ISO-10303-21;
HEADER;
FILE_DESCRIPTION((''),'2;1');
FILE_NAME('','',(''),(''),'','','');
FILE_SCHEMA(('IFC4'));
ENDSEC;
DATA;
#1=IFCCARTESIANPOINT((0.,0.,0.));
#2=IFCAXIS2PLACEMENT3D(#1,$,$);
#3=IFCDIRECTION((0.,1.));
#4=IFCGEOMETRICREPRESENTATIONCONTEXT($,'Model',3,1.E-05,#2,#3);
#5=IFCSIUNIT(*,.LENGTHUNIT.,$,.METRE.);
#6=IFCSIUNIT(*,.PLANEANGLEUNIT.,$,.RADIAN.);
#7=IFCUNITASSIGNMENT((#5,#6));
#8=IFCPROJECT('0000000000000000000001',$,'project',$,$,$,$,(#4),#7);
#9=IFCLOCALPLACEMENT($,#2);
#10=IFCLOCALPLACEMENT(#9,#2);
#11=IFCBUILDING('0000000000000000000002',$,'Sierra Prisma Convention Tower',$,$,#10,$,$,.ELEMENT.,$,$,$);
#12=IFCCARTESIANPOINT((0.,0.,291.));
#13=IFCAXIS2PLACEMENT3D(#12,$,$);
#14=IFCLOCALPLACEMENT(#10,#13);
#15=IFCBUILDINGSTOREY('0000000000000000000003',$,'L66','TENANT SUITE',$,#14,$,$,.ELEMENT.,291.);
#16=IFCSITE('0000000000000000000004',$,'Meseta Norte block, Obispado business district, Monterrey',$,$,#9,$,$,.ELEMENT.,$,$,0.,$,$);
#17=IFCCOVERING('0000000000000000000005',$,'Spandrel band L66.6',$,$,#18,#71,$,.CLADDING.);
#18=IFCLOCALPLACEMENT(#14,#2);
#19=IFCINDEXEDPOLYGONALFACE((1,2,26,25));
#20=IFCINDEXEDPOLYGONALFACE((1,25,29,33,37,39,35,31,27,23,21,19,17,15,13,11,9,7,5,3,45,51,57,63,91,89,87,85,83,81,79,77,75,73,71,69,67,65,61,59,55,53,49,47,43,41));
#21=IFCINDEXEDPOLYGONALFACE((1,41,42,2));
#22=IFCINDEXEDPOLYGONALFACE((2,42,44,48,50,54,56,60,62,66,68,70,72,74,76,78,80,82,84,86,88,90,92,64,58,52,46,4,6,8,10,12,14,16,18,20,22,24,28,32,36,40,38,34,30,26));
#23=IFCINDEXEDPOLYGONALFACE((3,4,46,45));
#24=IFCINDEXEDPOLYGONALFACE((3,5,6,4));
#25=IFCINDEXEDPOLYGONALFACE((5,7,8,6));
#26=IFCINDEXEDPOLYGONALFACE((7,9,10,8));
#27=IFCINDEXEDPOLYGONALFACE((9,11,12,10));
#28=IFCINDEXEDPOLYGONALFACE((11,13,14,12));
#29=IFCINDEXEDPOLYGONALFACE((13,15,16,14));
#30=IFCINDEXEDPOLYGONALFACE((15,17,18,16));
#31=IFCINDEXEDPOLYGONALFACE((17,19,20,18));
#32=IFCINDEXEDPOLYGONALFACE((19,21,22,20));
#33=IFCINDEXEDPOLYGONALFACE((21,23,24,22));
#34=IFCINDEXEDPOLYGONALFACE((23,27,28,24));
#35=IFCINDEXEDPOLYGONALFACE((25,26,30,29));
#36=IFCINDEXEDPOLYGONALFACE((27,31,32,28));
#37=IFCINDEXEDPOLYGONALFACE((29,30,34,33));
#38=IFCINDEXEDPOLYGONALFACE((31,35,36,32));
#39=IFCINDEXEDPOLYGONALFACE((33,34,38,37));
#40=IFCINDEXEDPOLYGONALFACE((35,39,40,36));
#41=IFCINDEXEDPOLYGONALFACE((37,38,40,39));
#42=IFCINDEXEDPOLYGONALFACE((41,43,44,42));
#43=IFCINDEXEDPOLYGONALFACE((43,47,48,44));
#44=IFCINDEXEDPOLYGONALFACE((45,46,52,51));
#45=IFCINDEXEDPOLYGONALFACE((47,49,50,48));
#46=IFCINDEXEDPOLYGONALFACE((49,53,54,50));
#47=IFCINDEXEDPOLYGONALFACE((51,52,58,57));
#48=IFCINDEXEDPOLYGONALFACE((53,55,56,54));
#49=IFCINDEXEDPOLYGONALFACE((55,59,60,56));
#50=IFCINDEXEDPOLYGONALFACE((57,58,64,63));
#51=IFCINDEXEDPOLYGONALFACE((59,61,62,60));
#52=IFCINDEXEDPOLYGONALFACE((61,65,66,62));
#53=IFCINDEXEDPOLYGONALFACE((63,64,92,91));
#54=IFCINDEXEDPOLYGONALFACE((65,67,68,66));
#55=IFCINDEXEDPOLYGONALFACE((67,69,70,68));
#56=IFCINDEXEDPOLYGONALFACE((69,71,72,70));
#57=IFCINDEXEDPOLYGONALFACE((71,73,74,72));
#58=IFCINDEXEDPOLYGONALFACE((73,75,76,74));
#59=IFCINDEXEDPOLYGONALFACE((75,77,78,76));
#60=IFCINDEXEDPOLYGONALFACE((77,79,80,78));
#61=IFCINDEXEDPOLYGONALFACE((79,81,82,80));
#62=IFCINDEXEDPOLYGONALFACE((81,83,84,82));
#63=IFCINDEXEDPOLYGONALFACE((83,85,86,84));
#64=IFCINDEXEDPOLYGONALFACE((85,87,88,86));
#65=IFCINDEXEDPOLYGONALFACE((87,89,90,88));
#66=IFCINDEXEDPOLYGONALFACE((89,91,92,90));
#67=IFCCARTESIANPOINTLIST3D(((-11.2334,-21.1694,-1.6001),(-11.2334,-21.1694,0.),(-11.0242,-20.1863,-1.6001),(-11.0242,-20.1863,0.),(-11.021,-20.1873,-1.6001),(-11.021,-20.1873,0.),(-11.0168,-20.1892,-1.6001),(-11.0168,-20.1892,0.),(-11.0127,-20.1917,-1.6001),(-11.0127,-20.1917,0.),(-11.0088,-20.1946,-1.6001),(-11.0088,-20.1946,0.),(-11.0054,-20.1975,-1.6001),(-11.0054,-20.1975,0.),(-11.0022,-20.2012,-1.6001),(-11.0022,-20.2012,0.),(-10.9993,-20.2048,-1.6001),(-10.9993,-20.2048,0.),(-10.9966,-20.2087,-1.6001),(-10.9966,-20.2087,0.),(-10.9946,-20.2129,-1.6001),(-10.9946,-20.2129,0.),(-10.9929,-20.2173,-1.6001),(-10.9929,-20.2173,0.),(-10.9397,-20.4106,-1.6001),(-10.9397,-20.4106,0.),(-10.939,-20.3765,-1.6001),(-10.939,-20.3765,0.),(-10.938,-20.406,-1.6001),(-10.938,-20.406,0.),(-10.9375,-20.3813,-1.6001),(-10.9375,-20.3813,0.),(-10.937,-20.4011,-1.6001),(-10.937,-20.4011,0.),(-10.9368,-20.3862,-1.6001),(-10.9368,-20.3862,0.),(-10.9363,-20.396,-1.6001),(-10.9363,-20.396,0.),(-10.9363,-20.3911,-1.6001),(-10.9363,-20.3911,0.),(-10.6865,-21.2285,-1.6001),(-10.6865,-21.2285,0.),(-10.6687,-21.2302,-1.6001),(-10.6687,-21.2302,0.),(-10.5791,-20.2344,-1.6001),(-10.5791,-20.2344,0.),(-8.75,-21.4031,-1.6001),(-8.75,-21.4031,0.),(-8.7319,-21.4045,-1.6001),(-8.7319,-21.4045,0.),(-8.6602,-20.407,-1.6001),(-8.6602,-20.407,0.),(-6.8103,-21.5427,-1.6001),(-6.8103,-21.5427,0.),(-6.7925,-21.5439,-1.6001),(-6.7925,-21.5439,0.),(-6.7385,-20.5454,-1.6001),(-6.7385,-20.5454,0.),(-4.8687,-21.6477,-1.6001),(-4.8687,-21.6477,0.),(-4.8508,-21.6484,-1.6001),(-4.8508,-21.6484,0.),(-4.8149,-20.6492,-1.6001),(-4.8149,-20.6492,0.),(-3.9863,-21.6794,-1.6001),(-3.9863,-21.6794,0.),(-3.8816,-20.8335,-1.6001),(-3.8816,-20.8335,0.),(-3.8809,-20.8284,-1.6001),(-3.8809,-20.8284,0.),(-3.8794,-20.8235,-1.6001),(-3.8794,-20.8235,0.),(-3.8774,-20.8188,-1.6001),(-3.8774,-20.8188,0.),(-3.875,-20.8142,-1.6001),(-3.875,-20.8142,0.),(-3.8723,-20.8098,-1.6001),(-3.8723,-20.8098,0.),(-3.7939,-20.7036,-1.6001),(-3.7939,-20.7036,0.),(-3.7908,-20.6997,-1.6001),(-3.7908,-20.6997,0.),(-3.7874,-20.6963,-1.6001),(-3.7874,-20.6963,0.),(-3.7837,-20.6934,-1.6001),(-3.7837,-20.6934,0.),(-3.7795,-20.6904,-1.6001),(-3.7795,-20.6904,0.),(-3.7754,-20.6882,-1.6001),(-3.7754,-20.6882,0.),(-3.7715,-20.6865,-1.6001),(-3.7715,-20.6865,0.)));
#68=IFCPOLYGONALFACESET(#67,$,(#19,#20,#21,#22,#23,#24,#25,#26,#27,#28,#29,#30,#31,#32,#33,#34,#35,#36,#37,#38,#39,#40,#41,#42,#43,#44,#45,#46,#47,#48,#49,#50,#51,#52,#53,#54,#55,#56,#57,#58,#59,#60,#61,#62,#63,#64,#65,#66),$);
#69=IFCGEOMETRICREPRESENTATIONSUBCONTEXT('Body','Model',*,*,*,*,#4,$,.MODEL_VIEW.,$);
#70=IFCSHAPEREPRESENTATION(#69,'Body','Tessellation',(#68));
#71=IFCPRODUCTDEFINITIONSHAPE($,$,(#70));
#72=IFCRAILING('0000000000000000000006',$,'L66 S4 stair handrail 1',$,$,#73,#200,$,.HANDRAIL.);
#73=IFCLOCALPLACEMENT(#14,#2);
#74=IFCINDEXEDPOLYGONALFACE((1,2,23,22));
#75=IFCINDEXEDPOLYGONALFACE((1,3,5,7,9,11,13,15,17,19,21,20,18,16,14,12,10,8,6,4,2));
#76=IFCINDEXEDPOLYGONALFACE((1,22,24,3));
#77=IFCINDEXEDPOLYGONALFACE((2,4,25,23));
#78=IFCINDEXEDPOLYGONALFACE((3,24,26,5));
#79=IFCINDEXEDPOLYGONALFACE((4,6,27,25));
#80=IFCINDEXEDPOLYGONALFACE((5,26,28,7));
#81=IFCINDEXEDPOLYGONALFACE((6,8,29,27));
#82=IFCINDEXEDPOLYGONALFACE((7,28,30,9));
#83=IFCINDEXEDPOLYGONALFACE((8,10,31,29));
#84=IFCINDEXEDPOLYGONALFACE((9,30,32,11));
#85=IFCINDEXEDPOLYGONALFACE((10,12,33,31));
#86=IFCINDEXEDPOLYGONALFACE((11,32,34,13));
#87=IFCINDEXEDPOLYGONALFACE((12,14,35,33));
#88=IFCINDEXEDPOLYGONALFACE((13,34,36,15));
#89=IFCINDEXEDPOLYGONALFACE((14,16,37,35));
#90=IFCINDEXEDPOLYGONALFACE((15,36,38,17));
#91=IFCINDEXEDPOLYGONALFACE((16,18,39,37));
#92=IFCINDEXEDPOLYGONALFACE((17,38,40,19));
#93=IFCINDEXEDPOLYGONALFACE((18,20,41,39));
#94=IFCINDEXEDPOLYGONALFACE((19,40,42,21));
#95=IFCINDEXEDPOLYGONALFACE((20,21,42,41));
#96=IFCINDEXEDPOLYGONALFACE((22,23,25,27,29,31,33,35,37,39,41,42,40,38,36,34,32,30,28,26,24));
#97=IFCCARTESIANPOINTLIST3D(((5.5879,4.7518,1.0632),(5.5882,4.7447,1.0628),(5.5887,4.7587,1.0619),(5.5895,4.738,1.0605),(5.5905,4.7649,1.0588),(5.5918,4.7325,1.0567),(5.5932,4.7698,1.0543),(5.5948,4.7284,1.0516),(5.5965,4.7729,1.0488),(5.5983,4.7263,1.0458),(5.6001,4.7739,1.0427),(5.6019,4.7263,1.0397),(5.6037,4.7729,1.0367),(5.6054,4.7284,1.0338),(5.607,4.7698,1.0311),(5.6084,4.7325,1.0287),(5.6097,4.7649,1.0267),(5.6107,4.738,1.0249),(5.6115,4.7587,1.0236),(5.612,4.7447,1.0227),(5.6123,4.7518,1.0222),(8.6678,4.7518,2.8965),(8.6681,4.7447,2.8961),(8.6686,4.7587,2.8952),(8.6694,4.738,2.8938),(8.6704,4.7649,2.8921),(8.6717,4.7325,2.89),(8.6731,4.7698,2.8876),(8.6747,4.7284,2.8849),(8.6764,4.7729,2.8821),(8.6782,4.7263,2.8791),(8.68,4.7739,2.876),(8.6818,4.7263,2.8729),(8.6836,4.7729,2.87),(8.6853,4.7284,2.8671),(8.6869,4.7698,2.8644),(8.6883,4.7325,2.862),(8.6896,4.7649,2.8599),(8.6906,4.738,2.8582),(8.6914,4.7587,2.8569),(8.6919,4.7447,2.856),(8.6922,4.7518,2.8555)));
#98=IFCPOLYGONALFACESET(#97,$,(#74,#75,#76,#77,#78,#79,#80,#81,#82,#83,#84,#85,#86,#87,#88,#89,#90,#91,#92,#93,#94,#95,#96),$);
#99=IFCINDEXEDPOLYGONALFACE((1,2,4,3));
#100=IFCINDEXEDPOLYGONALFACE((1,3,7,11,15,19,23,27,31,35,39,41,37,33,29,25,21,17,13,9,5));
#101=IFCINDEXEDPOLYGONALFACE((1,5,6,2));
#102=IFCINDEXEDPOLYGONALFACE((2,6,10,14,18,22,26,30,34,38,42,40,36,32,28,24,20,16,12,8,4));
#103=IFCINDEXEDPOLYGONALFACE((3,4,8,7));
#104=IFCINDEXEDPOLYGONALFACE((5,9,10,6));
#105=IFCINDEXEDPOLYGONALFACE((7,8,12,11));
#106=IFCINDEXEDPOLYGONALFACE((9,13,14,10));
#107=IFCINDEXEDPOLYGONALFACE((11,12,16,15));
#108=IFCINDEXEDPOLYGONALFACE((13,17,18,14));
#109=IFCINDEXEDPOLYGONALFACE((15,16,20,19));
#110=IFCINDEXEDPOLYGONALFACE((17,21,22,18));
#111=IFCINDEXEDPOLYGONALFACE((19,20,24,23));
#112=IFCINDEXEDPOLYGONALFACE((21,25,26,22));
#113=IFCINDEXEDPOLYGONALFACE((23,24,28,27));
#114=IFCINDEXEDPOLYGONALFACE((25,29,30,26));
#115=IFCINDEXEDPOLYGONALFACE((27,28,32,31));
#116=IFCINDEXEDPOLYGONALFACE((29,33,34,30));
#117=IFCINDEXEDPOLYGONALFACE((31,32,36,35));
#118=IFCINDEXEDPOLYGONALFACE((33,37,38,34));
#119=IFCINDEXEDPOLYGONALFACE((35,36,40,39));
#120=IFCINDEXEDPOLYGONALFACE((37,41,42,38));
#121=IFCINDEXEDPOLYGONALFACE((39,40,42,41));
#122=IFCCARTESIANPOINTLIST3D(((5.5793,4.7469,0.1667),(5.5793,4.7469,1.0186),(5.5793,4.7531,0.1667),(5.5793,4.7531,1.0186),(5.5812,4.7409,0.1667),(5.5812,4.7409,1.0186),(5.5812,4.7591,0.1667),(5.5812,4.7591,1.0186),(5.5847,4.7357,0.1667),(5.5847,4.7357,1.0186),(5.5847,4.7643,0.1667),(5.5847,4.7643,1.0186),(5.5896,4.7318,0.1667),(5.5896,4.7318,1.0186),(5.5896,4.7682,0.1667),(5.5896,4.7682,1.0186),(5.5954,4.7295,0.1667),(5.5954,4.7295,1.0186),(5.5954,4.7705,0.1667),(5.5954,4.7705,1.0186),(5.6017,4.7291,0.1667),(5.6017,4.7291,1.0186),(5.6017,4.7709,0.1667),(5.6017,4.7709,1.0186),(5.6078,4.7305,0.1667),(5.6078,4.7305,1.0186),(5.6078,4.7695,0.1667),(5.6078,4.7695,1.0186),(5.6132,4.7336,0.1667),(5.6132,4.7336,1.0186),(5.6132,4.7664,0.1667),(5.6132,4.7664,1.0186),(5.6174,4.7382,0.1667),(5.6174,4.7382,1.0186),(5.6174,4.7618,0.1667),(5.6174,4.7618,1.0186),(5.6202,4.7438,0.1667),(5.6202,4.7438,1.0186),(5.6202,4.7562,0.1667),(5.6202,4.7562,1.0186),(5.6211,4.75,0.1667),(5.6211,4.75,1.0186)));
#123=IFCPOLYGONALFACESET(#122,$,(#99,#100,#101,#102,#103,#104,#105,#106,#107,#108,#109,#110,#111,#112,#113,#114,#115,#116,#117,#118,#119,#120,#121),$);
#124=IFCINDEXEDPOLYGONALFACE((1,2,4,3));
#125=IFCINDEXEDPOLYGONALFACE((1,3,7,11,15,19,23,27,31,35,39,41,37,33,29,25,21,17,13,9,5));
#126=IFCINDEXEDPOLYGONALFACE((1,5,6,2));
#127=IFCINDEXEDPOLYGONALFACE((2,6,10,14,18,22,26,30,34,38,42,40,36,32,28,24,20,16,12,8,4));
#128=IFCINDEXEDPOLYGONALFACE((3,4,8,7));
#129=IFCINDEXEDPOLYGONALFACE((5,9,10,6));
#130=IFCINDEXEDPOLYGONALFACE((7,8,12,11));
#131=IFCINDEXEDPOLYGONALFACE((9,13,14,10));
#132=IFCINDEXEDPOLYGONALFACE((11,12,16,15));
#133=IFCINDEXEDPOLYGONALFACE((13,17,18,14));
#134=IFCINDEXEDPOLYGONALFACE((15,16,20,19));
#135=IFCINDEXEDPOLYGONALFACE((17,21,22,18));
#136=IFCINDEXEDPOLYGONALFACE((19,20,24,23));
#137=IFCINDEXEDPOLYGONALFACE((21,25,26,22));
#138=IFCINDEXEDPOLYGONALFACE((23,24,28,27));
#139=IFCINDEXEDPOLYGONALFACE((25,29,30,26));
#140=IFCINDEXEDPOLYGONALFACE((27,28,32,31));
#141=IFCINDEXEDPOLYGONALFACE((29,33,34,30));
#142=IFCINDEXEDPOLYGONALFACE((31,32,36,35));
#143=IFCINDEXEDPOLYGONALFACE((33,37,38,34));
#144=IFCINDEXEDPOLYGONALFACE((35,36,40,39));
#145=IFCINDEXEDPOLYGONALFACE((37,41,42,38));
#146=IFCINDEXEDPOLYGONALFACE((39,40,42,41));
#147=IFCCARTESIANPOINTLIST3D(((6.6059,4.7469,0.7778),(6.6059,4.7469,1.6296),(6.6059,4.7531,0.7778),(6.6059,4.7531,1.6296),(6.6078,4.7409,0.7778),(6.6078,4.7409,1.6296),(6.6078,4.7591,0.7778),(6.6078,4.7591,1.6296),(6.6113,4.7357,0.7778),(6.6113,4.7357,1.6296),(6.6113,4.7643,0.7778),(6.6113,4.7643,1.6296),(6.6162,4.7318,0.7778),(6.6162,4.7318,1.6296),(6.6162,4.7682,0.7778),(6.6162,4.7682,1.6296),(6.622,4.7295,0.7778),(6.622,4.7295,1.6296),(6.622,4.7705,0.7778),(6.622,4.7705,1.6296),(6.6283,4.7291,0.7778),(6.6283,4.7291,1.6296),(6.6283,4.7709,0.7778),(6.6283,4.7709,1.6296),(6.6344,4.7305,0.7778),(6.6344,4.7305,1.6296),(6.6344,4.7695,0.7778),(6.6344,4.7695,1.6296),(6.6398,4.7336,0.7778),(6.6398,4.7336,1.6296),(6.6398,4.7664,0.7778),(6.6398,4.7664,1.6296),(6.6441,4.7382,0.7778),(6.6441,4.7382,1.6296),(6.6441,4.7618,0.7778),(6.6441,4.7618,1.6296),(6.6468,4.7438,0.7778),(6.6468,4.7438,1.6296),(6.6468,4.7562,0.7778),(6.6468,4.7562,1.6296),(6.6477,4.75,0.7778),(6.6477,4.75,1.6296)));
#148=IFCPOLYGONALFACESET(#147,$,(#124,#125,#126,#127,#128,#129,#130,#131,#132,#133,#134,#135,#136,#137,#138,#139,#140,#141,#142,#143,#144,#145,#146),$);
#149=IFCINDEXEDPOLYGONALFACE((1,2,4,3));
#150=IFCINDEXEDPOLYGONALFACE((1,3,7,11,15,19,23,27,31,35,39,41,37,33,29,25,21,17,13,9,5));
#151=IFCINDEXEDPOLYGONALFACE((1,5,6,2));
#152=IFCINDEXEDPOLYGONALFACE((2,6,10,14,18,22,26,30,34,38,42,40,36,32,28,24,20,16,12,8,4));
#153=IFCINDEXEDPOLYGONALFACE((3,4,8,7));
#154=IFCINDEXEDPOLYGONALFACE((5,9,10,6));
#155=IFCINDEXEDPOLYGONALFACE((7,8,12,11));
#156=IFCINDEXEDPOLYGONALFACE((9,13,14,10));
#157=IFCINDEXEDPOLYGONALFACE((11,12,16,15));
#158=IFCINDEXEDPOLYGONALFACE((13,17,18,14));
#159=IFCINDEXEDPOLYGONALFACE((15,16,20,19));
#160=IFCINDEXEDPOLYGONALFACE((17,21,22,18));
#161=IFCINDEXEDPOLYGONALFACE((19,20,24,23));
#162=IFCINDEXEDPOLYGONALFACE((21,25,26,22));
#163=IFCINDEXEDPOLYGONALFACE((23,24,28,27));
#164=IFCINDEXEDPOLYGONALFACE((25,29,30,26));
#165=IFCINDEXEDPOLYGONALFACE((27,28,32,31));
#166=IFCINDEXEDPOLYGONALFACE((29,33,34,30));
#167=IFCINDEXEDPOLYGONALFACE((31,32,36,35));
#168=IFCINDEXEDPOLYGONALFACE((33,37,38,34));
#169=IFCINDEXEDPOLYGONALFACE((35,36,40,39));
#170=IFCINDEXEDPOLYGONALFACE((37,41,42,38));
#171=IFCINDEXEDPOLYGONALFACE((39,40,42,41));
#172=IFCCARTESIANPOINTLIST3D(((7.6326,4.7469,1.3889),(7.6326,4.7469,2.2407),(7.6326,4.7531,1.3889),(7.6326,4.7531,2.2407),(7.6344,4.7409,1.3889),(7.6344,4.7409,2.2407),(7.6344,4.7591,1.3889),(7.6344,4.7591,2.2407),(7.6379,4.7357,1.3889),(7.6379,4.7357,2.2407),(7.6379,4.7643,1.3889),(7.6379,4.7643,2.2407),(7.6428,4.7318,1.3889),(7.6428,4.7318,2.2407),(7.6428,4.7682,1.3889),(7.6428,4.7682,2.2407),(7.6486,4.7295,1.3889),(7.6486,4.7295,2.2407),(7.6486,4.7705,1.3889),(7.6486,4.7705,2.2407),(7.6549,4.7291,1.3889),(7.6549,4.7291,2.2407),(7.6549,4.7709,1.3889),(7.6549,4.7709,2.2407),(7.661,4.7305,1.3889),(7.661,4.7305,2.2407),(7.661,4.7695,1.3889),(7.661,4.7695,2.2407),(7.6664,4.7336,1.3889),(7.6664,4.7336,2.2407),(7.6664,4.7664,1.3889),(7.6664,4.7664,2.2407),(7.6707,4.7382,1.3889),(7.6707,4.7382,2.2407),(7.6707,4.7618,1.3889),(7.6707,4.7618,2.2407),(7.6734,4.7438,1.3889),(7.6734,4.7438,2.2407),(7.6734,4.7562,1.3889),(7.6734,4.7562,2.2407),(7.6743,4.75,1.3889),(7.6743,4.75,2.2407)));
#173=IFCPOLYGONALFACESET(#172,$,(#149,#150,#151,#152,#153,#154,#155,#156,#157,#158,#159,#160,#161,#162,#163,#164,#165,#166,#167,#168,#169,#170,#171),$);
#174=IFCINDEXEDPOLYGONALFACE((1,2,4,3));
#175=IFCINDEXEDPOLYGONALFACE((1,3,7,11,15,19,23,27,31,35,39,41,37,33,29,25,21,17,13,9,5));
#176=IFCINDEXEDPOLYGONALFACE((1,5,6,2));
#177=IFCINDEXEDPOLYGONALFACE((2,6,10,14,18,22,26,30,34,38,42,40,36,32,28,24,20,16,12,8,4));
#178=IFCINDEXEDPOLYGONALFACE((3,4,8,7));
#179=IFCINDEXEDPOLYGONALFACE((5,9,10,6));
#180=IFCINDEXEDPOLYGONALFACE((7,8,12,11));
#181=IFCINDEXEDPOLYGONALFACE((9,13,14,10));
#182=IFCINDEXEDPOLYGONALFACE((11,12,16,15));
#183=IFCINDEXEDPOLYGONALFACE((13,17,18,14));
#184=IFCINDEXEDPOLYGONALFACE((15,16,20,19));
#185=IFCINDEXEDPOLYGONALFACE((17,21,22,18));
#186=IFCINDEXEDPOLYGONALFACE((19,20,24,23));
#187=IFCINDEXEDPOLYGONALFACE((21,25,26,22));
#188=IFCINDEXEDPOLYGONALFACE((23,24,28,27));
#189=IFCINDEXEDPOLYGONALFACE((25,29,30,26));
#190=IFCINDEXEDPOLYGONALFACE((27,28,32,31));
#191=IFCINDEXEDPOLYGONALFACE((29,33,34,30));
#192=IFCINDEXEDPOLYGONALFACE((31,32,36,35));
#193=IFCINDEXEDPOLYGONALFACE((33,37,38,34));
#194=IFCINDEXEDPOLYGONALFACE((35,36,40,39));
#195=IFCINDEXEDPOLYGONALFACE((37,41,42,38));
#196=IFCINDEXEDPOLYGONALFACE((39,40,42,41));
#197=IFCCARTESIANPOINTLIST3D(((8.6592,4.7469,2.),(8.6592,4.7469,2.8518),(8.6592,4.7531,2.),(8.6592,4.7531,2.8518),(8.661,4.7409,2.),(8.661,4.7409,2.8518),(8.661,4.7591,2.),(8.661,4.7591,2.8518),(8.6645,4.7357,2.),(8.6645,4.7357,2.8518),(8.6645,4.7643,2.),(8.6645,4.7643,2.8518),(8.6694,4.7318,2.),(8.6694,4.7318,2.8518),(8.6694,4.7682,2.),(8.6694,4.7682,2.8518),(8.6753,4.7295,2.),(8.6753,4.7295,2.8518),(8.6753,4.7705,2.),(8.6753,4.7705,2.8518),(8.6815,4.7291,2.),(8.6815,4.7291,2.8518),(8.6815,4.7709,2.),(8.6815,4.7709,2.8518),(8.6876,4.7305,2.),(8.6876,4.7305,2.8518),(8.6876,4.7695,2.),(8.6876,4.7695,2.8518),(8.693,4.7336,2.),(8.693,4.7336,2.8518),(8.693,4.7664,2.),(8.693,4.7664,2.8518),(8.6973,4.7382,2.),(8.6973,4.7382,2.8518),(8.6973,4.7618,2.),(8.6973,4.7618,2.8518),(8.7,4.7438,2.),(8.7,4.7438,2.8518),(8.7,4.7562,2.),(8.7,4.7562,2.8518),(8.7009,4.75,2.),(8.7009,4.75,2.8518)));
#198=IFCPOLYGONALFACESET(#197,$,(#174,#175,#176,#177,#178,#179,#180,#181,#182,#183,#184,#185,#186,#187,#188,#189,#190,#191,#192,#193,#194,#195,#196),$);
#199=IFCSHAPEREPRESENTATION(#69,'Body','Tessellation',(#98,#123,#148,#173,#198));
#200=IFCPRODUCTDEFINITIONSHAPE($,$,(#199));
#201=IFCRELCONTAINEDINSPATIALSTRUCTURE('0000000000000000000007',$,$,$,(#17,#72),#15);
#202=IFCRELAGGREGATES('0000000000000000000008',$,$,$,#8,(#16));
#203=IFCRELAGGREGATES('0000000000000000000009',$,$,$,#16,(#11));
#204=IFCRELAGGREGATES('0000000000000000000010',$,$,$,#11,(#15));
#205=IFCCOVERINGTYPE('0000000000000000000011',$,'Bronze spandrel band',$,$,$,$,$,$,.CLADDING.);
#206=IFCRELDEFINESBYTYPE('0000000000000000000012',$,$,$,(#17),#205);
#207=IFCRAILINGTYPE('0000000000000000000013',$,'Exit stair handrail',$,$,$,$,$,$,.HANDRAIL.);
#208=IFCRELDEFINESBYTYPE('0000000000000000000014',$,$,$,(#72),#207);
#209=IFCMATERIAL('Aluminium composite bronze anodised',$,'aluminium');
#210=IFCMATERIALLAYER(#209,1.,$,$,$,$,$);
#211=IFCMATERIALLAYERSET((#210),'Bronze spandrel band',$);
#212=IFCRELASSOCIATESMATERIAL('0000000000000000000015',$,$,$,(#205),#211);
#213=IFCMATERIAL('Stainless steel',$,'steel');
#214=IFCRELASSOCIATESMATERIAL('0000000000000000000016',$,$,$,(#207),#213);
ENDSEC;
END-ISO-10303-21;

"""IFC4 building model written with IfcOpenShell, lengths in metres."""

from ifc_helpers import new_model, si_unit, direction, frame, origin, origin_2d, place, context, subcontext, project, spatial, polyline, circle, outline, extrude, material, layer, layer_set, type_object, element, save


model = new_model("IFC4")

# Units and contexts
model_context = context("Model", 3, precision=1e-05, world=origin(), true_north=direction((0.0, 1.0)))
body_context = subcontext(model_context, "Body", "Model", "MODEL_VIEW")
ifc_project = project(units=[si_unit("LENGTHUNIT", "METRE"), si_unit("PLANEANGLEUNIT", "RADIAN")], contexts=[model_context])

# Site, building, storey
site_placement = place(None, origin())
site = spatial("IfcSite", under=ifc_project, at=site_placement, Name="Meseta Norte block, Obispado business district, Monterrey", CompositionType="ELEMENT", RefElevation=0.0)
building_placement = place(site_placement, origin())
building = spatial("IfcBuilding", under=site, at=building_placement, Name="Sierra Prisma Convention Tower", CompositionType="ELEMENT")
storey_placement = place(building_placement, frame((0.0, 0.0, 291.0)))
storey = spatial("IfcBuildingStorey", under=building, at=storey_placement, Name="L66", Description="TENANT SUITE", CompositionType="ELEMENT", Elevation=291.0)

# Covering
ifc_material_1 = material(Name="Aluminium composite bronze anodised", Category="aluminium")
ifc_layer_1 = layer(ifc_material_1, 1.0)
ifc_layer_set_1 = layer_set([ifc_layer_1], Name="Bronze spandrel band")
covering_type_1 = type_object("IfcCoveringType", Name="Bronze spandrel band", PredefinedType="CLADDING", material=ifc_layer_set_1)
covering_1_placement = place(storey_placement, frame((0.0, 0.0, -1.6001)))
element("IfcCovering", 1, at=covering_1_placement, inside=storey, type_object=covering_type_1, Name="Spandrel band L66.6", PredefinedType="CLADDING", context=body_context, shape_type="SweptSolid", body=[
    extrude(outline(polyline([(-10.937, -20.4011), (-10.9363, -20.396), (-10.9363, -20.3911), (-10.9368, -20.3862), (-10.9375, -20.3813), (-10.939, -20.3765), (-10.9929, -20.2173), (-10.9946, -20.2129), (-10.9966, -20.2087), (-10.9993, -20.2048), (-11.0022, -20.2012), (-11.0054, -20.1975), (-11.0088, -20.1946), (-11.0127, -20.1917), (-11.0168, -20.1892), (-11.021, -20.1873), (-11.0242, -20.1863), (-10.5791, -20.2344), (-8.6602, -20.407), (-6.7385, -20.5454), (-4.8149, -20.6492), (-3.7715, -20.6865), (-3.7754, -20.6882), (-3.7795, -20.6904), (-3.7837, -20.6934), (-3.7874, -20.6963), (-3.7908, -20.6997), (-3.7939, -20.7036), (-3.8723, -20.8098), (-3.875, -20.8142), (-3.8774, -20.8188), (-3.8794, -20.8235), (-3.8809, -20.8284), (-3.8816, -20.8335), (-3.9863, -21.6794), (-4.8508, -21.6484), (-4.8687, -21.6477), (-6.7925, -21.5439), (-6.8103, -21.5427), (-8.7319, -21.4045), (-8.75, -21.4031), (-10.6687, -21.2302), (-10.6865, -21.2285), (-11.2334, -21.1694), (-10.9397, -20.4106), (-10.938, -20.406), (-10.937, -20.4011)])), origin(), (0.0, 0.0, 1.0), 1.6001),
])

# Railing
ifc_material_2 = material(Name="Stainless steel", Category="steel")
railing_type = type_object("IfcRailingType", Name="Exit stair handrail", PredefinedType="HANDRAIL", material=ifc_material_2)
railing_placement = place(storey_placement, frame((5.6001, 4.75, 0.1667)))
element("IfcRailing", 2, at=railing_placement, inside=storey, type_object=railing_type, Name="L66 S4 stair handrail 1", PredefinedType="HANDRAIL", context=body_context, shape_type="SweptSolid", body=[
    extrude(circle(Radius=0.0239, at=origin_2d()), frame((0.0, 0.0, 0.876), z_axis=(0.859291, 0.0, 0.511487), x_axis=(0.0, 1.0, 0.0)), (0.0, 0.0, 1.0), 3.5842),
    extrude(circle(Radius=0.021, at=origin_2d()), origin(), (0.0, 0.0, 1.0), 0.8518),
    extrude(circle(Radius=0.021, at=origin_2d()), frame((1.0266, 0.0, 0.6111)), (0.0, 0.0, 1.0), 0.8518),
    extrude(circle(Radius=0.021, at=origin_2d()), frame((2.0532, 0.0, 1.2222)), (0.0, 0.0, 1.0), 0.8518),
    extrude(circle(Radius=0.021, at=origin_2d()), frame((3.0798, 0.0, 1.8333)), (0.0, 0.0, 1.0), 0.8518),
])

save(model, "model.ifc")
